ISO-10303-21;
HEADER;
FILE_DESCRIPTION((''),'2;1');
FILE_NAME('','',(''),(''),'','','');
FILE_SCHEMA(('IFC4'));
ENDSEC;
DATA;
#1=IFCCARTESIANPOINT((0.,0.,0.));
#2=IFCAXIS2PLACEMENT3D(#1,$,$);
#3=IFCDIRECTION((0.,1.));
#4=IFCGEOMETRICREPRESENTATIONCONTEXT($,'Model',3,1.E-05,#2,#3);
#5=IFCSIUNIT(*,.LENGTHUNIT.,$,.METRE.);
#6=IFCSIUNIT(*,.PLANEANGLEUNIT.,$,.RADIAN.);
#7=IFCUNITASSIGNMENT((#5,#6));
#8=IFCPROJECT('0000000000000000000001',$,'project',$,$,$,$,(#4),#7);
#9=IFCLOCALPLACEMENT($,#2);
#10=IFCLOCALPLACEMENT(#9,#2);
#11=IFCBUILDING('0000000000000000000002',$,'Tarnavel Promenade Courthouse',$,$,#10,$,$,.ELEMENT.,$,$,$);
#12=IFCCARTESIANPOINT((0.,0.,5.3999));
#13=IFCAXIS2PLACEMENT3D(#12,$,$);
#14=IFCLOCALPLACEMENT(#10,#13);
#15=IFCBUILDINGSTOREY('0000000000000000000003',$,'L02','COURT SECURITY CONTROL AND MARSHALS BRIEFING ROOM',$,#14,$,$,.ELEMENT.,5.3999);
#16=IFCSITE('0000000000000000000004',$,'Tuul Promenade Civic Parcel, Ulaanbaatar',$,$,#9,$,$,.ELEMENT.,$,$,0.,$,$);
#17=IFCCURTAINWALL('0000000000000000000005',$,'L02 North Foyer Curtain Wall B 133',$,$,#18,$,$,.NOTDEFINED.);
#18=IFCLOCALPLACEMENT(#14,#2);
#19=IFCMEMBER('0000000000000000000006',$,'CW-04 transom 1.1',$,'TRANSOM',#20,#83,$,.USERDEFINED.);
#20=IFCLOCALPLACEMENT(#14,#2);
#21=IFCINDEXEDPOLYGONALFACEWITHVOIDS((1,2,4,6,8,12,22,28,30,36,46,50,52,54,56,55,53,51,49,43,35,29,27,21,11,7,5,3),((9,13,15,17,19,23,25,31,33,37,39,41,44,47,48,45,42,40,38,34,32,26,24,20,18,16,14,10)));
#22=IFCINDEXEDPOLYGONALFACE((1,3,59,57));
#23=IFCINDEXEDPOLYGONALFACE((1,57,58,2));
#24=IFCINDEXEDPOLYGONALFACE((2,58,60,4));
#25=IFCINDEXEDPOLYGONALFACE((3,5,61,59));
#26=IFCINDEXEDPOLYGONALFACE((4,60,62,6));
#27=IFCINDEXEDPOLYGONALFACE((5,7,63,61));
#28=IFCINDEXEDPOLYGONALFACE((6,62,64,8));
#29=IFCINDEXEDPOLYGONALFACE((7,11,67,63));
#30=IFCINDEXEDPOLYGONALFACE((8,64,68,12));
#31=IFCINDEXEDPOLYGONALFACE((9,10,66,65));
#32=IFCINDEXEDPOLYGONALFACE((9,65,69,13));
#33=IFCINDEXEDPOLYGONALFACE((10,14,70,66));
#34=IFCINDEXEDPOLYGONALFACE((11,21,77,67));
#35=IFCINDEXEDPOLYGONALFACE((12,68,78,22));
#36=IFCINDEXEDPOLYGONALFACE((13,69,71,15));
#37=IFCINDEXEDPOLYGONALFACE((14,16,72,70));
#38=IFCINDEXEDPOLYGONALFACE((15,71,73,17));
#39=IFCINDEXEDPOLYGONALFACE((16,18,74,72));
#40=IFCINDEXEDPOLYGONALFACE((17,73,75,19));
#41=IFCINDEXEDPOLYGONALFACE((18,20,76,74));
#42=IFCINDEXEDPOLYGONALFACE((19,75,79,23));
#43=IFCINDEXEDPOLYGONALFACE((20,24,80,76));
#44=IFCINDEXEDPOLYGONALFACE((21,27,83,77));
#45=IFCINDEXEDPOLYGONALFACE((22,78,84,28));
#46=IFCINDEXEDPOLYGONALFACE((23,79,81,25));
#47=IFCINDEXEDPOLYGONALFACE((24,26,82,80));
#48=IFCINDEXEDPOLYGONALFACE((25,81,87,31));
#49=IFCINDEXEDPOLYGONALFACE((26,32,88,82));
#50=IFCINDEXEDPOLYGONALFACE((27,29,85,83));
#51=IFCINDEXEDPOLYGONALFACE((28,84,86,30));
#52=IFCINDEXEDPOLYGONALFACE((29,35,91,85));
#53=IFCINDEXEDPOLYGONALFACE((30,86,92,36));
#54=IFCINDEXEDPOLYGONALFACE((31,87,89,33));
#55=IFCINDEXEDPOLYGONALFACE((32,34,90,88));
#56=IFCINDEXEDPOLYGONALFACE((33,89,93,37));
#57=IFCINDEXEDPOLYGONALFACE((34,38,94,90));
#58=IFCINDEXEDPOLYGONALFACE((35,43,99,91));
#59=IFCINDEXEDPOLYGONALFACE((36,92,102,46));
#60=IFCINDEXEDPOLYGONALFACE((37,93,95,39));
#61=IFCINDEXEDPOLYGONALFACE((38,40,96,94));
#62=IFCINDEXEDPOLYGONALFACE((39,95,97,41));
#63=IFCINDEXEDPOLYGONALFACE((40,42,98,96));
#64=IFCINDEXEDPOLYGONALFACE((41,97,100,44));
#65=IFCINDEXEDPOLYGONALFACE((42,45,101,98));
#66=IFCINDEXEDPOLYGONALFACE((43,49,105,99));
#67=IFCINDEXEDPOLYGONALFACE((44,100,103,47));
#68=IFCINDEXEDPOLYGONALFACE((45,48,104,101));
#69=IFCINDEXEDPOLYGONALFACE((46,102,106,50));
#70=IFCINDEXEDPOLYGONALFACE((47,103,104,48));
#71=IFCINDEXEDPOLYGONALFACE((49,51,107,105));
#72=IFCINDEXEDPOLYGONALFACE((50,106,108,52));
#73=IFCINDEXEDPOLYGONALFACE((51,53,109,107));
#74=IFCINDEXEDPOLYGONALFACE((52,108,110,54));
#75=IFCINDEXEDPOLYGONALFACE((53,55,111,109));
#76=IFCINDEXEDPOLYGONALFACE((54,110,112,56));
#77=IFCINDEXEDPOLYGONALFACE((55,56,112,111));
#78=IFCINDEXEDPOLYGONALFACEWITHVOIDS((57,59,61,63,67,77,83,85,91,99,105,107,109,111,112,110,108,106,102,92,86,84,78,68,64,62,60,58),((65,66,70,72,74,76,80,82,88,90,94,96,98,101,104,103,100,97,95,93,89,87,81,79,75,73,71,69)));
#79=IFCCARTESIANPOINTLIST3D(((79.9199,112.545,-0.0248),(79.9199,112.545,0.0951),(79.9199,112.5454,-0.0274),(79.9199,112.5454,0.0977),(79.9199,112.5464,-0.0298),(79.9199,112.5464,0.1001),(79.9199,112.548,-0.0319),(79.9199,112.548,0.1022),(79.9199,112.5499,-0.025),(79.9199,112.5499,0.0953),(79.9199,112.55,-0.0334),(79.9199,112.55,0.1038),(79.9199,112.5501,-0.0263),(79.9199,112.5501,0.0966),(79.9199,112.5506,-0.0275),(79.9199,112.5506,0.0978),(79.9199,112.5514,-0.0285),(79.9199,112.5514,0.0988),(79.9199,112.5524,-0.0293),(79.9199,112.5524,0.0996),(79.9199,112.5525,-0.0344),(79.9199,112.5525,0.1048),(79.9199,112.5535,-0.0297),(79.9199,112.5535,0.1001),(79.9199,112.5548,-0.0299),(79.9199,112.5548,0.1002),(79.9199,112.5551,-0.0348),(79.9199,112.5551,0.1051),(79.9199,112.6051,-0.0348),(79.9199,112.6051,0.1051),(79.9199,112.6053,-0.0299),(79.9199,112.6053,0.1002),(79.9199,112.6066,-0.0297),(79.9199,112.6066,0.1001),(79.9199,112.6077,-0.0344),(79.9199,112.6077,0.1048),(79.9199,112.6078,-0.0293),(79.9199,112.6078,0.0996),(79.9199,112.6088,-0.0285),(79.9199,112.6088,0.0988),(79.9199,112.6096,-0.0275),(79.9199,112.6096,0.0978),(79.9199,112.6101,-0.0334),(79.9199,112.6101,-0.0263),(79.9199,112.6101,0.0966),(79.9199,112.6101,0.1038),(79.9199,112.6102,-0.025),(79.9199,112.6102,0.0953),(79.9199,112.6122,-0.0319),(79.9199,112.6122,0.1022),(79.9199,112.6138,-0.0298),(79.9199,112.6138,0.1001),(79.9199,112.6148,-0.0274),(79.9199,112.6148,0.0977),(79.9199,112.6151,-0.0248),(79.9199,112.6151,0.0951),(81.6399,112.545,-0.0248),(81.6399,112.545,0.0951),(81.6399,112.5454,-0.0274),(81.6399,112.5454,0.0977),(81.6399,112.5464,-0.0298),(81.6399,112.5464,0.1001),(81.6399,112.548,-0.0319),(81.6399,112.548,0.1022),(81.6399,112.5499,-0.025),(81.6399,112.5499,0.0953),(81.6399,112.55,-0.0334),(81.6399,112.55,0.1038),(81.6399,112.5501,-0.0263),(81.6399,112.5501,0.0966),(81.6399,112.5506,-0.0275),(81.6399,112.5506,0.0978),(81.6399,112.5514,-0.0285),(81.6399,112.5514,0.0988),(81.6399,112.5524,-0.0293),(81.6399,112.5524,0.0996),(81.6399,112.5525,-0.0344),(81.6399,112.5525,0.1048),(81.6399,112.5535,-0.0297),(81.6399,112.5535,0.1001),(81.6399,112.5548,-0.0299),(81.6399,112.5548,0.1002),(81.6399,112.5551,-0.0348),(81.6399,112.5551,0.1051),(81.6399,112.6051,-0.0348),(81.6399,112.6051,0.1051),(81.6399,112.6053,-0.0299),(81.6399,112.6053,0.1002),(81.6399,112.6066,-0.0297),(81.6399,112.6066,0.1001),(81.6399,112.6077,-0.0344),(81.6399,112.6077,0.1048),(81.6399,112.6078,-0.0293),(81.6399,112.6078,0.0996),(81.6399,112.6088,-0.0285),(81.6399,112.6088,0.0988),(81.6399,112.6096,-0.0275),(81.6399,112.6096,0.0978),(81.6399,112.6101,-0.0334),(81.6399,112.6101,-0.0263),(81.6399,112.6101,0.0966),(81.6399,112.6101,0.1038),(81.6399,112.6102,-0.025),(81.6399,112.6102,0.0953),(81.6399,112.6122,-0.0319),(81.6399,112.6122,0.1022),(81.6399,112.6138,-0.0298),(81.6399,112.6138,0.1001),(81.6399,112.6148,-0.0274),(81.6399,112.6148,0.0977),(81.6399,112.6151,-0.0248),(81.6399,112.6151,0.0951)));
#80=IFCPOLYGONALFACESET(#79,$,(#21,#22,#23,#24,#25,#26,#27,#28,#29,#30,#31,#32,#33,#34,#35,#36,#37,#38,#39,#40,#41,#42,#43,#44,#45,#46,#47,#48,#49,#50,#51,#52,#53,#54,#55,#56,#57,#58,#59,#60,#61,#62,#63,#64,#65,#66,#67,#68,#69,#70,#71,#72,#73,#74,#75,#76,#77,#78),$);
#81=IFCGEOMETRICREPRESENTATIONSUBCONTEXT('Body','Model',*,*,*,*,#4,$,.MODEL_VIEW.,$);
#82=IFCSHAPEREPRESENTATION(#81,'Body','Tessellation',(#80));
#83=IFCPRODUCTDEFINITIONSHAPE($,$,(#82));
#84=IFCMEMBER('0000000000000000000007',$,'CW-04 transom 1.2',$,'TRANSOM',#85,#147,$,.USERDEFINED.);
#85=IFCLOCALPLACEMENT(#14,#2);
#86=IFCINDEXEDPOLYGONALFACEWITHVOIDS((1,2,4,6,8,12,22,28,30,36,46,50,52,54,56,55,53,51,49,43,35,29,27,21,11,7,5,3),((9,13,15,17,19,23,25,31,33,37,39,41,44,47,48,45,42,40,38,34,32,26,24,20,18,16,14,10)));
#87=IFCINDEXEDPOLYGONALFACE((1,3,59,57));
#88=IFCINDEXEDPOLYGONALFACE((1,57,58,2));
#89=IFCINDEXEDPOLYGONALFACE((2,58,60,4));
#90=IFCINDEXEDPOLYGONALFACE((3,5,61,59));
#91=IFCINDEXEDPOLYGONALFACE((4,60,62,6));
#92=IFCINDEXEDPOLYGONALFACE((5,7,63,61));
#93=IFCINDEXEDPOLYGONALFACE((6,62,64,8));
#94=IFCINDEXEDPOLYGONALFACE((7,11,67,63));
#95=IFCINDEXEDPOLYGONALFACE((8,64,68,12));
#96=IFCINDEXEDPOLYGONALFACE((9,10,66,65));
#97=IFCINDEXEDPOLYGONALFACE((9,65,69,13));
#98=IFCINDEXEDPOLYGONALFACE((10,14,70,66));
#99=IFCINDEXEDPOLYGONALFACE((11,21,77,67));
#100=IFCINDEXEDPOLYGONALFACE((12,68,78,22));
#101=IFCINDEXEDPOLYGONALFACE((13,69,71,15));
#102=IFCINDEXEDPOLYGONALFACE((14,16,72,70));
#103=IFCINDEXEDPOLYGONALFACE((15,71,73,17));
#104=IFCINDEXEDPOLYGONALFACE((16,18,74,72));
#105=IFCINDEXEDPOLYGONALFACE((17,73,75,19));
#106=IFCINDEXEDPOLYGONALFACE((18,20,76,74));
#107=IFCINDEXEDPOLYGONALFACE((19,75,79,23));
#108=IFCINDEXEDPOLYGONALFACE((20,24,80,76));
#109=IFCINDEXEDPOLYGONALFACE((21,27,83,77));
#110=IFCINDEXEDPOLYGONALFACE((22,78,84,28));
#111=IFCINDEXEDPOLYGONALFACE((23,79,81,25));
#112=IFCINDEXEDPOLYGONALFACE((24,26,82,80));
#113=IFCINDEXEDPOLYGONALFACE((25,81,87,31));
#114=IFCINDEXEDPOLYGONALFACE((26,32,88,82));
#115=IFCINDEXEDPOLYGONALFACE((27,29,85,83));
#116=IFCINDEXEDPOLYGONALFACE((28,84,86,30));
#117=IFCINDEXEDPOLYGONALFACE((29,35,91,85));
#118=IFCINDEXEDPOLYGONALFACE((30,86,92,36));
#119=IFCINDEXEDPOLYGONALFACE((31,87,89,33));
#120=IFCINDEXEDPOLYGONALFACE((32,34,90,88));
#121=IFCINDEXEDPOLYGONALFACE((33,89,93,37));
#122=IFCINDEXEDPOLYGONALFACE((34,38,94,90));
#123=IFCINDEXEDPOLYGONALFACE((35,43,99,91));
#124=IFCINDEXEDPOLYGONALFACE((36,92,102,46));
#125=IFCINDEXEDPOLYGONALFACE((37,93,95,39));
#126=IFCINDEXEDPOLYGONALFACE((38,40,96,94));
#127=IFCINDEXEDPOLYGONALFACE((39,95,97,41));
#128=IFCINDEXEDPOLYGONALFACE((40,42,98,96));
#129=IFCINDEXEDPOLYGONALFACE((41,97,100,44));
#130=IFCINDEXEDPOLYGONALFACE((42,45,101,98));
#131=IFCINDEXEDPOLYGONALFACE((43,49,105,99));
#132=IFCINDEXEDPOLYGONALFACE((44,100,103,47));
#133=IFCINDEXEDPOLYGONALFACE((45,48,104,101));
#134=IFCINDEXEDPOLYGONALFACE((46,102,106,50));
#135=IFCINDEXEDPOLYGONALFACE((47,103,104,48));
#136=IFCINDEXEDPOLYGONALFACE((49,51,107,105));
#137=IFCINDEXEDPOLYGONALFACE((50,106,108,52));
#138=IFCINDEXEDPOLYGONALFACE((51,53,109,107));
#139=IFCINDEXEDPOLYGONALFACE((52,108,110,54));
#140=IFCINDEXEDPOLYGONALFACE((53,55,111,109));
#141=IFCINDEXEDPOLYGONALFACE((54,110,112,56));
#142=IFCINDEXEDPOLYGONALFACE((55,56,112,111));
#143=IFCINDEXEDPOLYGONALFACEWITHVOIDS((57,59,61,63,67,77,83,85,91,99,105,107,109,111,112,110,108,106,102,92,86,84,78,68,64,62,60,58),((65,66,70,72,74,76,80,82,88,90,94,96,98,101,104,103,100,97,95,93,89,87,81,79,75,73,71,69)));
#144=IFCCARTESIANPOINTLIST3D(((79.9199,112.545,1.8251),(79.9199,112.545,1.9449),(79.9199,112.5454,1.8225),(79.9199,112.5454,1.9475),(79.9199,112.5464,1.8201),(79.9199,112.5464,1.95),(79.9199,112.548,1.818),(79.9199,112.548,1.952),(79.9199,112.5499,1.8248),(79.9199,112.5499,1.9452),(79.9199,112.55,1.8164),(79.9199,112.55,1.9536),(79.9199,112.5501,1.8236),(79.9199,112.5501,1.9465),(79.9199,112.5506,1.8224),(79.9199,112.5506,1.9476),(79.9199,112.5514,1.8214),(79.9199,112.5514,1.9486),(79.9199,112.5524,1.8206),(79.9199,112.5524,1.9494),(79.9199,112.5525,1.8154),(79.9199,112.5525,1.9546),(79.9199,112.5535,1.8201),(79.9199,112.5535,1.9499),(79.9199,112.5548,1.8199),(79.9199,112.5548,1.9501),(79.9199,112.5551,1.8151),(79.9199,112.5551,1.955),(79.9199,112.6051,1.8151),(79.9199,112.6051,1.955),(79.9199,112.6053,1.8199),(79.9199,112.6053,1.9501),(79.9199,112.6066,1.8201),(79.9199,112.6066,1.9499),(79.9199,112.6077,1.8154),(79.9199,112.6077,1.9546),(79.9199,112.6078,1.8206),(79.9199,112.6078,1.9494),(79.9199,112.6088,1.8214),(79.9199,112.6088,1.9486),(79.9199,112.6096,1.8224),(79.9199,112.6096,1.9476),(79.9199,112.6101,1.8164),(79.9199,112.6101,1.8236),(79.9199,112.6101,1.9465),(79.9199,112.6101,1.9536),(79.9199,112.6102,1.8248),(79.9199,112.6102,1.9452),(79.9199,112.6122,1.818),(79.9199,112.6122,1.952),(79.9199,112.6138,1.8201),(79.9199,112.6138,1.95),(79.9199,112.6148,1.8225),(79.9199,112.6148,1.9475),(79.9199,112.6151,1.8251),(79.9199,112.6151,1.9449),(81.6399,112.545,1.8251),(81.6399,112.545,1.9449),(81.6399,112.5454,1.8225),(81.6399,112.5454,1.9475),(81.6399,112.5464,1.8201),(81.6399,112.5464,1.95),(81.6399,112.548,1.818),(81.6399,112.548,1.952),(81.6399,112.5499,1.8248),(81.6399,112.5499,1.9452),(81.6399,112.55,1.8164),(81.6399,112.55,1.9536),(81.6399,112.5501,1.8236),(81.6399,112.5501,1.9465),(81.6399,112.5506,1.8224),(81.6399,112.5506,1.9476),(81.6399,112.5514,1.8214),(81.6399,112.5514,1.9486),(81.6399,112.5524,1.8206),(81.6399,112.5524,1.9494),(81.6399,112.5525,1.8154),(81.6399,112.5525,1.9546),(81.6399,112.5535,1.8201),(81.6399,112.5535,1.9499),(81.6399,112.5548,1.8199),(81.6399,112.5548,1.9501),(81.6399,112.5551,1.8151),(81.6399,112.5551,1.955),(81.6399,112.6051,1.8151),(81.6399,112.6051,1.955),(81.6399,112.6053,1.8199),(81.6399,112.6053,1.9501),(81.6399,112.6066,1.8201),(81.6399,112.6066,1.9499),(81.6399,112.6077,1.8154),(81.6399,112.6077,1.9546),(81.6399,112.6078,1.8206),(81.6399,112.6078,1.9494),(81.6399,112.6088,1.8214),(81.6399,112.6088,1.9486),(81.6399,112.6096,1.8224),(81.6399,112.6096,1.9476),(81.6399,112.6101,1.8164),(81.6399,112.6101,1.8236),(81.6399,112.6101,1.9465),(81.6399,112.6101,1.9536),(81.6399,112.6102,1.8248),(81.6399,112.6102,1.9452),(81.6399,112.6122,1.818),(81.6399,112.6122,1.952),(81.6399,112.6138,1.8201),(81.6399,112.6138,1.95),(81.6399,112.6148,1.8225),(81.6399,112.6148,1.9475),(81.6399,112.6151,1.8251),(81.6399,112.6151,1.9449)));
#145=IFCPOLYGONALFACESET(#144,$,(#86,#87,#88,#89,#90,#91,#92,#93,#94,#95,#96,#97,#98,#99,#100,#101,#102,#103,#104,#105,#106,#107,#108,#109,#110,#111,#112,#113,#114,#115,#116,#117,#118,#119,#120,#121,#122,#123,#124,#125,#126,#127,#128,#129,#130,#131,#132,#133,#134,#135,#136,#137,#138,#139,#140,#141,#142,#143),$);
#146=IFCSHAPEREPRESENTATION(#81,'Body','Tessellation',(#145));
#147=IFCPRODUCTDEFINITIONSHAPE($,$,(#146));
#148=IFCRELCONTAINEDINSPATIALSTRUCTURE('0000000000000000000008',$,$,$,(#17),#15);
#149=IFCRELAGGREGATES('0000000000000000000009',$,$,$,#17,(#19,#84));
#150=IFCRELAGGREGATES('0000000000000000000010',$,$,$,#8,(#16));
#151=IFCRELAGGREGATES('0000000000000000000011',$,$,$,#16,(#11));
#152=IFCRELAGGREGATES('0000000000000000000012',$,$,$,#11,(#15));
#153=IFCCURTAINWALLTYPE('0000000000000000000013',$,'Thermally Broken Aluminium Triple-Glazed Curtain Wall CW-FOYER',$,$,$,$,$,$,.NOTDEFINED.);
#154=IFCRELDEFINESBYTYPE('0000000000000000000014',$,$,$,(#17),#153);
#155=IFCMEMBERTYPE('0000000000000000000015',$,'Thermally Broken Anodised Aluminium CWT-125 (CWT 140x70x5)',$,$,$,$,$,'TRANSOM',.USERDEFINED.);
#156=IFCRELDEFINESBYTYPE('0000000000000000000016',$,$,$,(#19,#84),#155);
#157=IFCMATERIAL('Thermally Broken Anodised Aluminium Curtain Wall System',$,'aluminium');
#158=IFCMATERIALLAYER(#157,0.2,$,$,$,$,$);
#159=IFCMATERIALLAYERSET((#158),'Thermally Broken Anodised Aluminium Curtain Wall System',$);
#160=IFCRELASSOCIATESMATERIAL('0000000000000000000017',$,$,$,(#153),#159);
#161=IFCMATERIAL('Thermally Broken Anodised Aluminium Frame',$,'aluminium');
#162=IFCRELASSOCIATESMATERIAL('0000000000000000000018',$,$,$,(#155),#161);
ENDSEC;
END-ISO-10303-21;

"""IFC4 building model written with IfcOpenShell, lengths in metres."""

from ifc_helpers import new_model, si_unit, direction, frame, origin, origin_2d, place, context, subcontext, project, spatial, hollow_rectangle, extrude, material, layer, layer_set, material_profile, profile_set, type_object, element, aggregate, save


model = new_model("IFC4")

# Units and contexts
model_context = context("Model", 3, precision=1e-05, world=origin(), true_north=direction((0.0, 1.0)))
body_context = subcontext(model_context, "Body", "Model", "MODEL_VIEW")
ifc_project = project(units=[si_unit("LENGTHUNIT", "METRE"), si_unit("PLANEANGLEUNIT", "RADIAN")], contexts=[model_context])

# Site, building, storey
site_placement = place(None, origin())
site = spatial("IfcSite", under=ifc_project, at=site_placement, Name="Tuul Promenade Civic Parcel, Ulaanbaatar", CompositionType="ELEMENT", RefElevation=0.0)
building_placement = place(site_placement, origin())
building = spatial("IfcBuilding", under=site, at=building_placement, Name="Tarnavel Promenade Courthouse", CompositionType="ELEMENT")
storey_placement = place(building_placement, frame((0.0, 0.0, 5.3999)))
storey = spatial("IfcBuildingStorey", under=building, at=storey_placement, Name="L02", Description="COURT SECURITY CONTROL AND MARSHALS BRIEFING ROOM", CompositionType="ELEMENT", Elevation=5.3999)

# Curtain wall
ifc_material_1 = material(Name="Thermally Broken Anodised Aluminium Curtain Wall System", Category="aluminium")
ifc_layer_1 = layer(ifc_material_1, 0.2)
ifc_layer_set_1 = layer_set([ifc_layer_1], Name="Thermally Broken Anodised Aluminium Curtain Wall System")
curtain_wall_type = type_object("IfcCurtainWallType", Name="Thermally Broken Aluminium Triple-Glazed Curtain Wall CW-FOYER", PredefinedType="NOTDEFINED", material=ifc_layer_set_1)
ifc_material_2 = material(Name="Thermally Broken Anodised Aluminium Frame", Category="aluminium")
curtain_wall_1_placement = place(storey_placement, origin())
curtain_wall_1 = element("IfcCurtainWall", 1, at=curtain_wall_1_placement, inside=storey, type_object=curtain_wall_type, Name="L02 North Foyer Curtain Wall B 133", PredefinedType="NOTDEFINED")

# Members
ifc_material_profile_1 = material_profile(ifc_material_2, hollow_rectangle(XDim=0.0701, YDim=0.1399, WallThickness=0.0049, InnerFilletRadius=0.0049, OuterFilletRadius=0.01, at=origin_2d()), Name="CWT 140x70x5")
ifc_profile_set_1 = profile_set([ifc_material_profile_1], Name="Thermally Broken Anodised Aluminium Frame")
member_type_1 = type_object("IfcMemberType", Name="Thermally Broken Anodised Aluminium CWT-125 (CWT 140x70x5)", ElementType="TRANSOM", PredefinedType="USERDEFINED", material=ifc_profile_set_1)
member_1_placement = place(storey_placement, frame((79.9199, 112.5801, 0.0352), z_axis=(1.0, 0.0, 0.0), x_axis=(0.0, 1.0, 0.0)))
member_1 = element("IfcMember", 2, at=member_1_placement, type_object=member_type_1, Name="CW-04 transom 1.1", ObjectType="TRANSOM", PredefinedType="USERDEFINED", context=body_context, shape_type="SweptSolid", body=[
    extrude(hollow_rectangle(XDim=0.0701, YDim=0.1399, WallThickness=0.0049, InnerFilletRadius=0.0049, OuterFilletRadius=0.01, at=origin_2d()), origin(), (0.0, 0.0, 1.0), 1.72),
])
member_2_placement = place(storey_placement, frame((79.9199, 112.5801, 1.885), z_axis=(1.0, 0.0, 0.0), x_axis=(0.0, 1.0, 0.0)))
member_2 = element("IfcMember", 3, at=member_2_placement, type_object=member_type_1, Name="CW-04 transom 1.2", ObjectType="TRANSOM", PredefinedType="USERDEFINED", context=body_context, shape_type="SweptSolid", body=[
    extrude(hollow_rectangle(XDim=0.0701, YDim=0.1399, WallThickness=0.0049, InnerFilletRadius=0.0049, OuterFilletRadius=0.01, at=origin_2d()), origin(), (0.0, 0.0, 1.0), 1.72),
])

aggregate(curtain_wall_1, [member_1, member_2])

save(model, "model.ifc")
